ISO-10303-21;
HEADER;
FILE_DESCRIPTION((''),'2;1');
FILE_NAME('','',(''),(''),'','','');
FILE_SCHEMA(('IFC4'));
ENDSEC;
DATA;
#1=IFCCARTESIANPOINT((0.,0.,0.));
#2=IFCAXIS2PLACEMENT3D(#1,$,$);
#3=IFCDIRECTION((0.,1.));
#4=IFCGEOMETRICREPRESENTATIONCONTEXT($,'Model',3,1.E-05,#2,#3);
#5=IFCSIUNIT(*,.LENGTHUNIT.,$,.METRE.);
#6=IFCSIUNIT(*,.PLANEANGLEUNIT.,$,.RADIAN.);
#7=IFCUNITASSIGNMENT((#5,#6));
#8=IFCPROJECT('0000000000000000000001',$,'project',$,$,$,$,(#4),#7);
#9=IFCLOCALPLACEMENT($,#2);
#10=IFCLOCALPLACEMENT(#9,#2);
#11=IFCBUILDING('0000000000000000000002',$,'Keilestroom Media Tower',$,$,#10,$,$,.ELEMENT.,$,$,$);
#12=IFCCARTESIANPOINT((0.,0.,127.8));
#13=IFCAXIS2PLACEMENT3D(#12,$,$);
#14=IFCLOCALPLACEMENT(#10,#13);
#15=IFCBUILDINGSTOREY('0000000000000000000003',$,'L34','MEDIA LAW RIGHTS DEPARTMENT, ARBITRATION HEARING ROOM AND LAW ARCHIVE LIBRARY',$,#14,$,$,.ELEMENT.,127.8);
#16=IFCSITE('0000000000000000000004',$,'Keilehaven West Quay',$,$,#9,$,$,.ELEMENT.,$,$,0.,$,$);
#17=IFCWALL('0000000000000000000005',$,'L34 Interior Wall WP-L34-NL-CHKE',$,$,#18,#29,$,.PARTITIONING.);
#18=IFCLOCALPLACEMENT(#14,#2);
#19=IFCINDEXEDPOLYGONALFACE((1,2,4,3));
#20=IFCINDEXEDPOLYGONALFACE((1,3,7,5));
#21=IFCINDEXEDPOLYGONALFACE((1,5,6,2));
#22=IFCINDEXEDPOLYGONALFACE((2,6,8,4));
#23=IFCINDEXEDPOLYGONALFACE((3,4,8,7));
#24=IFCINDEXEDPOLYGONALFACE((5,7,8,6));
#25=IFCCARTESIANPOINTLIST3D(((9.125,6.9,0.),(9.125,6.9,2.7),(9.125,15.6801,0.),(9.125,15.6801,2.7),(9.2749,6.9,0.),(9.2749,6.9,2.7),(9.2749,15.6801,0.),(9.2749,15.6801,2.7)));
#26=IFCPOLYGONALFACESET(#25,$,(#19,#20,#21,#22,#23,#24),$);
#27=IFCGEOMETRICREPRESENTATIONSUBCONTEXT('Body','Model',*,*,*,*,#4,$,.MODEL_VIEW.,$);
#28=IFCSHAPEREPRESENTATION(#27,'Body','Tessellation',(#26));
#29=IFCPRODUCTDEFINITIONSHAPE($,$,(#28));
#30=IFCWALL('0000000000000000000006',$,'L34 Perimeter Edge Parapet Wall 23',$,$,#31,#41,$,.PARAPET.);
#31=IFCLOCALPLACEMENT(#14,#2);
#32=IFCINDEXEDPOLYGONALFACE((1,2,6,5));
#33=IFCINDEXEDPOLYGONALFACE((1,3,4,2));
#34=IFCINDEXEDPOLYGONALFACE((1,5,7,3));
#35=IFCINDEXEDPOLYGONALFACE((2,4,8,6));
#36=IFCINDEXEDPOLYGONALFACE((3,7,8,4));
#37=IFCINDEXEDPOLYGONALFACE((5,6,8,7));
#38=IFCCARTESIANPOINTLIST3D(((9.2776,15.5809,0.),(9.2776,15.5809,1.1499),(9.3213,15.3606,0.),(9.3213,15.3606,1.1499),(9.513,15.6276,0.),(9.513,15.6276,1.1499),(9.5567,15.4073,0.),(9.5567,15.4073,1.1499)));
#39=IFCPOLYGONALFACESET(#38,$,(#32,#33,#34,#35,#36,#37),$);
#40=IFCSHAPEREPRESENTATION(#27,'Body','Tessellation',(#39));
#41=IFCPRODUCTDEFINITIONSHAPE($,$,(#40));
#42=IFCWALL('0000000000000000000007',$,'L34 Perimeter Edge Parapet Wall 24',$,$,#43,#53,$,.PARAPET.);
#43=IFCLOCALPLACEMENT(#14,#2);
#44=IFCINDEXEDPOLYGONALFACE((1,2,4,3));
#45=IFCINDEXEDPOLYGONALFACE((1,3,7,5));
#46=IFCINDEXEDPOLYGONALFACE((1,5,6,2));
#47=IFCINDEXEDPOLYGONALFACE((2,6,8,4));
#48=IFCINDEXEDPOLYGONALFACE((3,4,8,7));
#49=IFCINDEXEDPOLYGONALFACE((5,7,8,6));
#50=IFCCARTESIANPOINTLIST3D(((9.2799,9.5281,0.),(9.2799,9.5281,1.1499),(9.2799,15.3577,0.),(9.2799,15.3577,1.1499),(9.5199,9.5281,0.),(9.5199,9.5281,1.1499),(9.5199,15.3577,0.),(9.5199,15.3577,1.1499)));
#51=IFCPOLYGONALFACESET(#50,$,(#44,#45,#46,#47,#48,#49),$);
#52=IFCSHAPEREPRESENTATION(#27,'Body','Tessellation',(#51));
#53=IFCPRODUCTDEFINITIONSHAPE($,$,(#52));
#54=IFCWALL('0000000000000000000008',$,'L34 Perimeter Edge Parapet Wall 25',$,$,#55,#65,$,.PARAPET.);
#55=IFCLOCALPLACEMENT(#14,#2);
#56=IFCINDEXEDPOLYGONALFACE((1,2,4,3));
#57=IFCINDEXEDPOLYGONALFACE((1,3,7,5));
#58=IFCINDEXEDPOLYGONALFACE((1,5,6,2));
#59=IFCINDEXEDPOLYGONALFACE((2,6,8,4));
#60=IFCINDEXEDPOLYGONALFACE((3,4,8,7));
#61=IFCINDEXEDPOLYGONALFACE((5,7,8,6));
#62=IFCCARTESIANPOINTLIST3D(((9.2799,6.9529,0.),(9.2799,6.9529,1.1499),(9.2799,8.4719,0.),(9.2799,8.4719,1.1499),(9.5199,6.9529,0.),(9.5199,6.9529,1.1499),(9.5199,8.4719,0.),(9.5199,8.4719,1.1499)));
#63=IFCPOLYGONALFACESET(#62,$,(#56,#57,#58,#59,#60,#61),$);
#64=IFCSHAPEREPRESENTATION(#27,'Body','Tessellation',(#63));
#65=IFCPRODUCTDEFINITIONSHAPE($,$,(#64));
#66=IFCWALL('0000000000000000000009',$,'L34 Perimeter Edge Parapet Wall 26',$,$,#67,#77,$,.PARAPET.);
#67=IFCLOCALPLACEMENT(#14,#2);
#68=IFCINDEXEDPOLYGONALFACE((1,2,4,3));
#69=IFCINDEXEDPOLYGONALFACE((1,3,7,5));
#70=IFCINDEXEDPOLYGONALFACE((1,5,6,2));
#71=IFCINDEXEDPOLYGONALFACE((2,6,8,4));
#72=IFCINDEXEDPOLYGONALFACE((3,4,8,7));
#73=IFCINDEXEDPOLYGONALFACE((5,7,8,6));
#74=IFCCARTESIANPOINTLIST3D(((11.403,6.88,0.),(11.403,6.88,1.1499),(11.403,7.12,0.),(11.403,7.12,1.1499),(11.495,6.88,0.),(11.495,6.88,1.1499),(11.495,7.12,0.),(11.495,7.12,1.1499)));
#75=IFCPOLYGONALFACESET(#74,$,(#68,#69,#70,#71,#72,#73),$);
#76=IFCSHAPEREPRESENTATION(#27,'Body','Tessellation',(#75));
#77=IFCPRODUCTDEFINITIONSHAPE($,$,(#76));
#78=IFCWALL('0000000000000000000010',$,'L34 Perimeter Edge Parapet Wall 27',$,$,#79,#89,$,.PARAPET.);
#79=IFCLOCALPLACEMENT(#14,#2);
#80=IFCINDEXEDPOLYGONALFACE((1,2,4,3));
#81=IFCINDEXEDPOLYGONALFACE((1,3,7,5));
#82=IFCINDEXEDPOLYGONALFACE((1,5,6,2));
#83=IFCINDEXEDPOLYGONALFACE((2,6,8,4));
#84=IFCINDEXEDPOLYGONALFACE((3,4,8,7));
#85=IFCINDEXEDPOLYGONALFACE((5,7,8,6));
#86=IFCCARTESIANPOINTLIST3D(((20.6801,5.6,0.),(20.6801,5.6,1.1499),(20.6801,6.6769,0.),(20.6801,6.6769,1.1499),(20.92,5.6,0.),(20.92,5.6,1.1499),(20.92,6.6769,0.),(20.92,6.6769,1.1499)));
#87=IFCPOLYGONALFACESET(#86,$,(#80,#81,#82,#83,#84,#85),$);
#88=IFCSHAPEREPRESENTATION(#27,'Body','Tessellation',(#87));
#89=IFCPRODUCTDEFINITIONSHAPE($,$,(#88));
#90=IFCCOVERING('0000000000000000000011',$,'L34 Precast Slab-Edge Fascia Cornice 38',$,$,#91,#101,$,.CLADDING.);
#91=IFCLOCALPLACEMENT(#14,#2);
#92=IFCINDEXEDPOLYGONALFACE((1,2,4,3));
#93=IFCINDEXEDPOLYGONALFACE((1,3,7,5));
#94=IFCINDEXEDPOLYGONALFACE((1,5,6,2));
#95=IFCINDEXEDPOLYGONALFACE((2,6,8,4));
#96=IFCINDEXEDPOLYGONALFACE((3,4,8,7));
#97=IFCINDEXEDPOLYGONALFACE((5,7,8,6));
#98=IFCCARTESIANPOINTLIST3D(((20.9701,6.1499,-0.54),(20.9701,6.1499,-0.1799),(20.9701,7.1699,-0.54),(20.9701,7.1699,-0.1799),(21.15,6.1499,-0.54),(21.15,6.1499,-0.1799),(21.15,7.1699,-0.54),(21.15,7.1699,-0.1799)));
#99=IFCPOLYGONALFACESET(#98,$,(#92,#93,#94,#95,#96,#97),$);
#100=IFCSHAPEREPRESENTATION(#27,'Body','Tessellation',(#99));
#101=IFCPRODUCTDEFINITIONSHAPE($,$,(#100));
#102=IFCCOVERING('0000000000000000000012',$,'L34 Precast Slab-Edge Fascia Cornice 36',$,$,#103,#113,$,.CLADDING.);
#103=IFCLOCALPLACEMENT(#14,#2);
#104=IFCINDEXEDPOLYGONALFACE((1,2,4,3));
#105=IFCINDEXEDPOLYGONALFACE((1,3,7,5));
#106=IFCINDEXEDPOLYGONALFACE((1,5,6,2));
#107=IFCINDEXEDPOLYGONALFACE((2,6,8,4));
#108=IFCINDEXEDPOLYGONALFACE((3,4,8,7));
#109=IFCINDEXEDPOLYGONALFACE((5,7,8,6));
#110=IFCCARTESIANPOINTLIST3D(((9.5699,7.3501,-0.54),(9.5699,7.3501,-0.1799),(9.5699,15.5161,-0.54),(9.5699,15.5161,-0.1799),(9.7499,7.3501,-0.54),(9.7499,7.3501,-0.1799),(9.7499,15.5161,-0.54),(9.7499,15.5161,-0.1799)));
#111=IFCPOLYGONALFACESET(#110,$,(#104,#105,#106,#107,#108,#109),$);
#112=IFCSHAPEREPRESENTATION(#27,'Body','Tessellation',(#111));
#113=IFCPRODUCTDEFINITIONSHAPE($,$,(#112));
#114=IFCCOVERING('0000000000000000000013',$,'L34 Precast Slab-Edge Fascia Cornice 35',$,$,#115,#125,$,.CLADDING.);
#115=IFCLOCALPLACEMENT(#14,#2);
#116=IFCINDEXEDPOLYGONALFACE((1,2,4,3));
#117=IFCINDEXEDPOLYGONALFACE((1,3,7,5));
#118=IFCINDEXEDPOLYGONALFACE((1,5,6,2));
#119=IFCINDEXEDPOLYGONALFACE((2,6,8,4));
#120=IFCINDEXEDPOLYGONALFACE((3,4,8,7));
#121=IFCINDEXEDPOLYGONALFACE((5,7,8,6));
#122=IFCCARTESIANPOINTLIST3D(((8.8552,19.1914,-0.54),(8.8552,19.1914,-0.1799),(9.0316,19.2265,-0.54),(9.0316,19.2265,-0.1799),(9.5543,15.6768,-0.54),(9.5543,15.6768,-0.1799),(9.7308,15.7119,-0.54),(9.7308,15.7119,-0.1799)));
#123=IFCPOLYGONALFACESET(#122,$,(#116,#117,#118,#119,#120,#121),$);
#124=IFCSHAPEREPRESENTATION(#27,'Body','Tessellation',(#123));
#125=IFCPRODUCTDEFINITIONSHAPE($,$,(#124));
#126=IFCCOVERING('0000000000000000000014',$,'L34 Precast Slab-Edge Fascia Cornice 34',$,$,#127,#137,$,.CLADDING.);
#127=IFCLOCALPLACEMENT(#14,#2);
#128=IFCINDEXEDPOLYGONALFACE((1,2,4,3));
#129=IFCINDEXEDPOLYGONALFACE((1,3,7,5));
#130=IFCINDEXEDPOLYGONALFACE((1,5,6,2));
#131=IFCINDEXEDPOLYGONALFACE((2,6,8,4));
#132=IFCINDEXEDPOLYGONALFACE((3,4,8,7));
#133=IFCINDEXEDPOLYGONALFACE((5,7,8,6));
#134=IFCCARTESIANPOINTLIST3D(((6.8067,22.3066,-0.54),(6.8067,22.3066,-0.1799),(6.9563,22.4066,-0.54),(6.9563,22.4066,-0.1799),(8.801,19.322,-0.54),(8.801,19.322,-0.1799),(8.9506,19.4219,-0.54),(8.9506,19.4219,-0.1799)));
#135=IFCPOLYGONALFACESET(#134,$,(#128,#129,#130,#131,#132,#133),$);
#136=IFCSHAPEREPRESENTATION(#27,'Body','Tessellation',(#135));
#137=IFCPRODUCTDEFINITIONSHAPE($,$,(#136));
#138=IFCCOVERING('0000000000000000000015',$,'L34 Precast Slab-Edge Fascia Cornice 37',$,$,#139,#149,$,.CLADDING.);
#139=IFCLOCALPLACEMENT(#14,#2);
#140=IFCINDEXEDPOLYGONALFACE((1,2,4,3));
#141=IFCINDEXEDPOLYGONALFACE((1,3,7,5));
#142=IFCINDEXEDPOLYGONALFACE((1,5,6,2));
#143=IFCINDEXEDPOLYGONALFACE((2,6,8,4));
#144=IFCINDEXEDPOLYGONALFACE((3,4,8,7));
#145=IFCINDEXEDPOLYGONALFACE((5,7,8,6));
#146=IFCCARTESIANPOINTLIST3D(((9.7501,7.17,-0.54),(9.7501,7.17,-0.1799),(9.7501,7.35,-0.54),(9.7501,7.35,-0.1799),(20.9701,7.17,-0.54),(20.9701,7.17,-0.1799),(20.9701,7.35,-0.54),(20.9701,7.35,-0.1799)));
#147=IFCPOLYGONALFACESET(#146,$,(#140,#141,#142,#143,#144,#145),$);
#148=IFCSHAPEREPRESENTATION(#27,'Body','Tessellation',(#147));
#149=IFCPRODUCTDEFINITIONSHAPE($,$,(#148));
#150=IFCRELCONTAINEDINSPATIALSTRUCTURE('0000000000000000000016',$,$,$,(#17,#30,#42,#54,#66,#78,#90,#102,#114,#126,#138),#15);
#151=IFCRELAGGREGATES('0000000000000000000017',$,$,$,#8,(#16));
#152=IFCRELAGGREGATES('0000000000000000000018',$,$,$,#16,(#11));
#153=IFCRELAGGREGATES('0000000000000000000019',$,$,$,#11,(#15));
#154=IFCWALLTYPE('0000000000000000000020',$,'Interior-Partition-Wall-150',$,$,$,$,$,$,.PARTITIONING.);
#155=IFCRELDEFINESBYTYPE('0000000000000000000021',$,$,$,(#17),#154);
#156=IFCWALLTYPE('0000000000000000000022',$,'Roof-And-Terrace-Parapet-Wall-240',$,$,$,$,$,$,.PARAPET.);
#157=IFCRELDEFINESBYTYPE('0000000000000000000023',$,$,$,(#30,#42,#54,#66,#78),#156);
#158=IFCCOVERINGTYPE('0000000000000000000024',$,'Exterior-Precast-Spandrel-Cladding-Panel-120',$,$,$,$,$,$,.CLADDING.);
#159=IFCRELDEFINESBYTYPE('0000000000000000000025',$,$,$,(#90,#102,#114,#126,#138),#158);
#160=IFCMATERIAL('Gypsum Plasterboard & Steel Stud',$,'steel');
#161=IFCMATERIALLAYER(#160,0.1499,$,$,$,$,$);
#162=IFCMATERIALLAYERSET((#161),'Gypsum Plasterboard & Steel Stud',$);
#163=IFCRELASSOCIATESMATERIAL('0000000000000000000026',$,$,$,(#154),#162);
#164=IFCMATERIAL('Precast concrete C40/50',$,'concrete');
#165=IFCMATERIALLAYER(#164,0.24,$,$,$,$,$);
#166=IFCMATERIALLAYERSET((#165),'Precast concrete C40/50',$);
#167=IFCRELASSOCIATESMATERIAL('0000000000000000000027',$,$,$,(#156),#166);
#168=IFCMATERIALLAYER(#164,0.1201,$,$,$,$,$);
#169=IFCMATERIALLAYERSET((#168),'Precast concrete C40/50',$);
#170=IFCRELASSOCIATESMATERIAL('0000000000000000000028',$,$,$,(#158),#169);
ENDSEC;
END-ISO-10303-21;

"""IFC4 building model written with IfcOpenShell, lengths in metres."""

from ifc_helpers import new_model, si_unit, direction, frame, frame_2d, origin, origin_2d, place, context, subcontext, project, spatial, rectangle, extrude, source, transform, mapped, material, layer, layer_set, type_object, element, save


model = new_model("IFC4")

# Units and contexts
model_context = context("Model", 3, precision=1e-05, world=origin(), true_north=direction((0.0, 1.0)))
body_context = subcontext(model_context, "Body", "Model", "MODEL_VIEW")
ifc_project = project(units=[si_unit("LENGTHUNIT", "METRE"), si_unit("PLANEANGLEUNIT", "RADIAN")], contexts=[model_context])

# Site, building, storey
site_placement = place(None, origin())
site = spatial("IfcSite", under=ifc_project, at=site_placement, Name="Keilehaven West Quay", CompositionType="ELEMENT", RefElevation=0.0)
building_placement = place(site_placement, origin())
building = spatial("IfcBuilding", under=site, at=building_placement, Name="Keilestroom Media Tower", CompositionType="ELEMENT")
storey_placement = place(building_placement, frame((0.0, 0.0, 127.8)))
storey = spatial("IfcBuildingStorey", under=building, at=storey_placement, Name="L34", Description="MEDIA LAW RIGHTS DEPARTMENT, ARBITRATION HEARING ROOM AND LAW ARCHIVE LIBRARY", CompositionType="ELEMENT", Elevation=127.8)

# Shared definitions
ifc_material_1 = material(Name="Precast concrete C40/50", Category="concrete")

# Walls
ifc_material_2 = material(Name="Gypsum Plasterboard & Steel Stud", Category="steel")
ifc_layer_1 = layer(ifc_material_2, 0.1499)
ifc_layer_set_1 = layer_set([ifc_layer_1], Name="Gypsum Plasterboard & Steel Stud")
wall_type_1 = type_object("IfcWallType", Name="Interior-Partition-Wall-150", PredefinedType="PARTITIONING", material=ifc_layer_set_1)
wall_1_placement = place(storey_placement, frame((9.2, 6.8999, 0.0), z_axis=(0.0, 0.0, 1.0), x_axis=(0.0, 1.0, 0.0)))
element("IfcWall", 1, at=wall_1_placement, inside=storey, type_object=wall_type_1, Name="L34 Interior Wall WP-L34-NL-CHKE", PredefinedType="PARTITIONING", context=body_context, shape_type="SweptSolid", body=[
    extrude(rectangle(XDim=8.78, YDim=0.1499, at=frame_2d((4.3901, 0.0))), origin(), (0.0, 0.0, 1.0), 2.7),
])
ifc_layer_2 = layer(ifc_material_1, 0.24)
ifc_layer_set_2 = layer_set([ifc_layer_2], Name="Precast concrete C40/50")
wall_type_2 = type_object("IfcWallType", Name="Roof-And-Terrace-Parapet-Wall-240", PredefinedType="PARAPET", material=ifc_layer_set_2)
wall_2_placement = place(storey_placement, frame((9.3953, 15.6042, 0.0), z_axis=(0.0, 0.0, 1.0), x_axis=(0.194652, -0.980872, 0.0)))
element("IfcWall", 2, at=wall_2_placement, inside=storey, type_object=wall_type_2, Name="L34 Perimeter Edge Parapet Wall 23", PredefinedType="PARAPET", context=body_context, shape_type="SweptSolid", body=[
    extrude(rectangle(XDim=0.2246, YDim=0.24, at=frame_2d((0.1123, 0.0))), origin(), (0.0, 0.0, 1.0), 1.1499),
])
wall_3_placement = place(storey_placement, frame((9.3999, 15.3577, 0.0), z_axis=(0.0, 0.0, 1.0), x_axis=(0.0, -1.0, 0.0)))
element("IfcWall", 3, at=wall_3_placement, inside=storey, type_object=wall_type_2, Name="L34 Perimeter Edge Parapet Wall 24", PredefinedType="PARAPET", context=body_context, shape_type="SweptSolid", body=[
    extrude(rectangle(XDim=5.8296, YDim=0.24, at=frame_2d((2.9148, 0.0))), origin(), (0.0, 0.0, 1.0), 1.1499),
])
wall_4_placement = place(storey_placement, frame((9.3999, 8.4719, 0.0), z_axis=(0.0, 0.0, 1.0), x_axis=(0.0, -1.0, 0.0)))
element("IfcWall", 4, at=wall_4_placement, inside=storey, type_object=wall_type_2, Name="L34 Perimeter Edge Parapet Wall 25", PredefinedType="PARAPET", context=body_context, shape_type="SweptSolid", body=[
    extrude(rectangle(XDim=1.519, YDim=0.24, at=frame_2d((0.7595, 0.0))), origin(), (0.0, 0.0, 1.0), 1.1499),
])
wall_5_placement = place(storey_placement, frame((11.4031, 7.0, 0.0), z_axis=(0.0, 0.0, 1.0), x_axis=(1.0, 0.0, 0.0)))
element("IfcWall", 5, at=wall_5_placement, inside=storey, type_object=wall_type_2, Name="L34 Perimeter Edge Parapet Wall 26", PredefinedType="PARAPET", context=body_context, shape_type="SweptSolid", body=[
    extrude(rectangle(XDim=0.092, YDim=0.24, at=frame_2d((0.0459, 0.0))), origin(), (0.0, 0.0, 1.0), 1.1499),
])
wall_6_placement = place(storey_placement, frame((20.8, 6.677, 0.0), z_axis=(0.0, 0.0, 1.0), x_axis=(0.0, -1.0, 0.0)))
element("IfcWall", 6, at=wall_6_placement, inside=storey, type_object=wall_type_2, Name="L34 Perimeter Edge Parapet Wall 27", PredefinedType="PARAPET", context=body_context, shape_type="SweptSolid", body=[
    extrude(rectangle(XDim=1.0769, YDim=0.24, at=frame_2d((0.5386, 0.0))), origin(), (0.0, 0.0, 1.0), 1.1499),
])

# Coverings
ifc_layer_3 = layer(ifc_material_1, 0.1201)
ifc_layer_set_3 = layer_set([ifc_layer_3], Name="Precast concrete C40/50")
covering_type = type_object("IfcCoveringType", Name="Exterior-Precast-Spandrel-Cladding-Panel-120", PredefinedType="CLADDING", material=ifc_layer_set_3)
shared_shape_1 = source(origin(), body_context, "Body", "SweptSolid", [
    extrude(rectangle(XDim=1.02, YDim=0.1799, at=origin_2d()), origin(), (0.0, 0.0, 1.0), 0.3601),
])
covering_1_placement = place(storey_placement, frame((21.0601, 6.6599, -0.54), z_axis=(0.0, 0.0, 1.0), x_axis=(0.0, -1.0, 0.0)))
element("IfcCovering", 7, at=covering_1_placement, inside=storey, type_object=covering_type, Name="L34 Precast Slab-Edge Fascia Cornice 38", PredefinedType="CLADDING", context=body_context, shape_type="MappedRepresentation", body=[
    mapped(shared_shape_1, transform((0.0, 0.0, 0.0), x_axis=(1.0, 0.0, 0.0), y_axis=(0.0, 1.0, 0.0), z_axis=(0.0, 0.0, 1.0), scale=1.0)),
])
shared_shape_2 = source(origin(), body_context, "Body", "SweptSolid", [
    extrude(rectangle(XDim=8.166, YDim=0.1799, at=origin_2d()), origin(), (0.0, 0.0, 1.0), 0.3601),
])
covering_2_placement = place(storey_placement, frame((9.6599, 11.4331, -0.54), z_axis=(0.0, 0.0, 1.0), x_axis=(0.0, -1.0, 0.0)))
element("IfcCovering", 8, at=covering_2_placement, inside=storey, type_object=covering_type, Name="L34 Precast Slab-Edge Fascia Cornice 36", PredefinedType="CLADDING", context=body_context, shape_type="MappedRepresentation", body=[
    mapped(shared_shape_2, transform((0.0, 0.0, 0.0), x_axis=(1.0, 0.0, 0.0), y_axis=(0.0, 1.0, 0.0), z_axis=(0.0, 0.0, 1.0), scale=1.0)),
])
shared_shape_3 = source(origin(), body_context, "Body", "SweptSolid", [
    extrude(rectangle(XDim=3.5835, YDim=0.1799, at=origin_2d()), origin(), (0.0, 0.0, 1.0), 0.3601),
])
covering_3_placement = place(storey_placement, frame((9.293, 17.4517, -0.54), z_axis=(0.0, 0.0, 1.0), x_axis=(0.195099, -0.980784, 0.0)))
element("IfcCovering", 9, at=covering_3_placement, inside=storey, type_object=covering_type, Name="L34 Precast Slab-Edge Fascia Cornice 35", PredefinedType="CLADDING", context=body_context, shape_type="MappedRepresentation", body=[
    mapped(shared_shape_3, transform((0.0, 0.0, 0.0), x_axis=(1.0, 0.0, 0.0), y_axis=(0.0, 1.0, 0.0), z_axis=(0.0, 0.0, 1.0), scale=1.0)),
])
shared_shape_4 = source(origin(), body_context, "Body", "SweptSolid", [
    extrude(rectangle(XDim=3.5896, YDim=0.1799, at=origin_2d()), origin(), (0.0, 0.0, 1.0), 0.3601),
])
covering_4_placement = place(storey_placement, frame((7.8787, 20.8643, -0.54), z_axis=(0.0, 0.0, 1.0), x_axis=(0.555575, -0.831467, 0.0)))
element("IfcCovering", 10, at=covering_4_placement, inside=storey, type_object=covering_type, Name="L34 Precast Slab-Edge Fascia Cornice 34", PredefinedType="CLADDING", context=body_context, shape_type="MappedRepresentation", body=[
    mapped(shared_shape_4, transform((0.0, 0.0, 0.0), x_axis=(1.0, 0.0, 0.0), y_axis=(0.0, 1.0, 0.0), z_axis=(0.0, 0.0, 1.0), scale=1.0)),
])
shared_shape_5 = source(origin(), body_context, "Body", "SweptSolid", [
    extrude(rectangle(XDim=11.22, YDim=0.1799, at=origin_2d()), origin(), (0.0, 0.0, 1.0), 0.3601),
])
covering_5_placement = place(storey_placement, frame((15.3601, 7.26, -0.54), z_axis=(0.0, 0.0, 1.0), x_axis=(1.0, 0.0, 0.0)))
element("IfcCovering", 11, at=covering_5_placement, inside=storey, type_object=covering_type, Name="L34 Precast Slab-Edge Fascia Cornice 37", PredefinedType="CLADDING", context=body_context, shape_type="MappedRepresentation", body=[
    mapped(shared_shape_5, transform((0.0, 0.0, 0.0), x_axis=(1.0, 0.0, 0.0), y_axis=(0.0, 1.0, 0.0), z_axis=(0.0, 0.0, 1.0), scale=1.0)),
])

save(model, "model.ifc")
